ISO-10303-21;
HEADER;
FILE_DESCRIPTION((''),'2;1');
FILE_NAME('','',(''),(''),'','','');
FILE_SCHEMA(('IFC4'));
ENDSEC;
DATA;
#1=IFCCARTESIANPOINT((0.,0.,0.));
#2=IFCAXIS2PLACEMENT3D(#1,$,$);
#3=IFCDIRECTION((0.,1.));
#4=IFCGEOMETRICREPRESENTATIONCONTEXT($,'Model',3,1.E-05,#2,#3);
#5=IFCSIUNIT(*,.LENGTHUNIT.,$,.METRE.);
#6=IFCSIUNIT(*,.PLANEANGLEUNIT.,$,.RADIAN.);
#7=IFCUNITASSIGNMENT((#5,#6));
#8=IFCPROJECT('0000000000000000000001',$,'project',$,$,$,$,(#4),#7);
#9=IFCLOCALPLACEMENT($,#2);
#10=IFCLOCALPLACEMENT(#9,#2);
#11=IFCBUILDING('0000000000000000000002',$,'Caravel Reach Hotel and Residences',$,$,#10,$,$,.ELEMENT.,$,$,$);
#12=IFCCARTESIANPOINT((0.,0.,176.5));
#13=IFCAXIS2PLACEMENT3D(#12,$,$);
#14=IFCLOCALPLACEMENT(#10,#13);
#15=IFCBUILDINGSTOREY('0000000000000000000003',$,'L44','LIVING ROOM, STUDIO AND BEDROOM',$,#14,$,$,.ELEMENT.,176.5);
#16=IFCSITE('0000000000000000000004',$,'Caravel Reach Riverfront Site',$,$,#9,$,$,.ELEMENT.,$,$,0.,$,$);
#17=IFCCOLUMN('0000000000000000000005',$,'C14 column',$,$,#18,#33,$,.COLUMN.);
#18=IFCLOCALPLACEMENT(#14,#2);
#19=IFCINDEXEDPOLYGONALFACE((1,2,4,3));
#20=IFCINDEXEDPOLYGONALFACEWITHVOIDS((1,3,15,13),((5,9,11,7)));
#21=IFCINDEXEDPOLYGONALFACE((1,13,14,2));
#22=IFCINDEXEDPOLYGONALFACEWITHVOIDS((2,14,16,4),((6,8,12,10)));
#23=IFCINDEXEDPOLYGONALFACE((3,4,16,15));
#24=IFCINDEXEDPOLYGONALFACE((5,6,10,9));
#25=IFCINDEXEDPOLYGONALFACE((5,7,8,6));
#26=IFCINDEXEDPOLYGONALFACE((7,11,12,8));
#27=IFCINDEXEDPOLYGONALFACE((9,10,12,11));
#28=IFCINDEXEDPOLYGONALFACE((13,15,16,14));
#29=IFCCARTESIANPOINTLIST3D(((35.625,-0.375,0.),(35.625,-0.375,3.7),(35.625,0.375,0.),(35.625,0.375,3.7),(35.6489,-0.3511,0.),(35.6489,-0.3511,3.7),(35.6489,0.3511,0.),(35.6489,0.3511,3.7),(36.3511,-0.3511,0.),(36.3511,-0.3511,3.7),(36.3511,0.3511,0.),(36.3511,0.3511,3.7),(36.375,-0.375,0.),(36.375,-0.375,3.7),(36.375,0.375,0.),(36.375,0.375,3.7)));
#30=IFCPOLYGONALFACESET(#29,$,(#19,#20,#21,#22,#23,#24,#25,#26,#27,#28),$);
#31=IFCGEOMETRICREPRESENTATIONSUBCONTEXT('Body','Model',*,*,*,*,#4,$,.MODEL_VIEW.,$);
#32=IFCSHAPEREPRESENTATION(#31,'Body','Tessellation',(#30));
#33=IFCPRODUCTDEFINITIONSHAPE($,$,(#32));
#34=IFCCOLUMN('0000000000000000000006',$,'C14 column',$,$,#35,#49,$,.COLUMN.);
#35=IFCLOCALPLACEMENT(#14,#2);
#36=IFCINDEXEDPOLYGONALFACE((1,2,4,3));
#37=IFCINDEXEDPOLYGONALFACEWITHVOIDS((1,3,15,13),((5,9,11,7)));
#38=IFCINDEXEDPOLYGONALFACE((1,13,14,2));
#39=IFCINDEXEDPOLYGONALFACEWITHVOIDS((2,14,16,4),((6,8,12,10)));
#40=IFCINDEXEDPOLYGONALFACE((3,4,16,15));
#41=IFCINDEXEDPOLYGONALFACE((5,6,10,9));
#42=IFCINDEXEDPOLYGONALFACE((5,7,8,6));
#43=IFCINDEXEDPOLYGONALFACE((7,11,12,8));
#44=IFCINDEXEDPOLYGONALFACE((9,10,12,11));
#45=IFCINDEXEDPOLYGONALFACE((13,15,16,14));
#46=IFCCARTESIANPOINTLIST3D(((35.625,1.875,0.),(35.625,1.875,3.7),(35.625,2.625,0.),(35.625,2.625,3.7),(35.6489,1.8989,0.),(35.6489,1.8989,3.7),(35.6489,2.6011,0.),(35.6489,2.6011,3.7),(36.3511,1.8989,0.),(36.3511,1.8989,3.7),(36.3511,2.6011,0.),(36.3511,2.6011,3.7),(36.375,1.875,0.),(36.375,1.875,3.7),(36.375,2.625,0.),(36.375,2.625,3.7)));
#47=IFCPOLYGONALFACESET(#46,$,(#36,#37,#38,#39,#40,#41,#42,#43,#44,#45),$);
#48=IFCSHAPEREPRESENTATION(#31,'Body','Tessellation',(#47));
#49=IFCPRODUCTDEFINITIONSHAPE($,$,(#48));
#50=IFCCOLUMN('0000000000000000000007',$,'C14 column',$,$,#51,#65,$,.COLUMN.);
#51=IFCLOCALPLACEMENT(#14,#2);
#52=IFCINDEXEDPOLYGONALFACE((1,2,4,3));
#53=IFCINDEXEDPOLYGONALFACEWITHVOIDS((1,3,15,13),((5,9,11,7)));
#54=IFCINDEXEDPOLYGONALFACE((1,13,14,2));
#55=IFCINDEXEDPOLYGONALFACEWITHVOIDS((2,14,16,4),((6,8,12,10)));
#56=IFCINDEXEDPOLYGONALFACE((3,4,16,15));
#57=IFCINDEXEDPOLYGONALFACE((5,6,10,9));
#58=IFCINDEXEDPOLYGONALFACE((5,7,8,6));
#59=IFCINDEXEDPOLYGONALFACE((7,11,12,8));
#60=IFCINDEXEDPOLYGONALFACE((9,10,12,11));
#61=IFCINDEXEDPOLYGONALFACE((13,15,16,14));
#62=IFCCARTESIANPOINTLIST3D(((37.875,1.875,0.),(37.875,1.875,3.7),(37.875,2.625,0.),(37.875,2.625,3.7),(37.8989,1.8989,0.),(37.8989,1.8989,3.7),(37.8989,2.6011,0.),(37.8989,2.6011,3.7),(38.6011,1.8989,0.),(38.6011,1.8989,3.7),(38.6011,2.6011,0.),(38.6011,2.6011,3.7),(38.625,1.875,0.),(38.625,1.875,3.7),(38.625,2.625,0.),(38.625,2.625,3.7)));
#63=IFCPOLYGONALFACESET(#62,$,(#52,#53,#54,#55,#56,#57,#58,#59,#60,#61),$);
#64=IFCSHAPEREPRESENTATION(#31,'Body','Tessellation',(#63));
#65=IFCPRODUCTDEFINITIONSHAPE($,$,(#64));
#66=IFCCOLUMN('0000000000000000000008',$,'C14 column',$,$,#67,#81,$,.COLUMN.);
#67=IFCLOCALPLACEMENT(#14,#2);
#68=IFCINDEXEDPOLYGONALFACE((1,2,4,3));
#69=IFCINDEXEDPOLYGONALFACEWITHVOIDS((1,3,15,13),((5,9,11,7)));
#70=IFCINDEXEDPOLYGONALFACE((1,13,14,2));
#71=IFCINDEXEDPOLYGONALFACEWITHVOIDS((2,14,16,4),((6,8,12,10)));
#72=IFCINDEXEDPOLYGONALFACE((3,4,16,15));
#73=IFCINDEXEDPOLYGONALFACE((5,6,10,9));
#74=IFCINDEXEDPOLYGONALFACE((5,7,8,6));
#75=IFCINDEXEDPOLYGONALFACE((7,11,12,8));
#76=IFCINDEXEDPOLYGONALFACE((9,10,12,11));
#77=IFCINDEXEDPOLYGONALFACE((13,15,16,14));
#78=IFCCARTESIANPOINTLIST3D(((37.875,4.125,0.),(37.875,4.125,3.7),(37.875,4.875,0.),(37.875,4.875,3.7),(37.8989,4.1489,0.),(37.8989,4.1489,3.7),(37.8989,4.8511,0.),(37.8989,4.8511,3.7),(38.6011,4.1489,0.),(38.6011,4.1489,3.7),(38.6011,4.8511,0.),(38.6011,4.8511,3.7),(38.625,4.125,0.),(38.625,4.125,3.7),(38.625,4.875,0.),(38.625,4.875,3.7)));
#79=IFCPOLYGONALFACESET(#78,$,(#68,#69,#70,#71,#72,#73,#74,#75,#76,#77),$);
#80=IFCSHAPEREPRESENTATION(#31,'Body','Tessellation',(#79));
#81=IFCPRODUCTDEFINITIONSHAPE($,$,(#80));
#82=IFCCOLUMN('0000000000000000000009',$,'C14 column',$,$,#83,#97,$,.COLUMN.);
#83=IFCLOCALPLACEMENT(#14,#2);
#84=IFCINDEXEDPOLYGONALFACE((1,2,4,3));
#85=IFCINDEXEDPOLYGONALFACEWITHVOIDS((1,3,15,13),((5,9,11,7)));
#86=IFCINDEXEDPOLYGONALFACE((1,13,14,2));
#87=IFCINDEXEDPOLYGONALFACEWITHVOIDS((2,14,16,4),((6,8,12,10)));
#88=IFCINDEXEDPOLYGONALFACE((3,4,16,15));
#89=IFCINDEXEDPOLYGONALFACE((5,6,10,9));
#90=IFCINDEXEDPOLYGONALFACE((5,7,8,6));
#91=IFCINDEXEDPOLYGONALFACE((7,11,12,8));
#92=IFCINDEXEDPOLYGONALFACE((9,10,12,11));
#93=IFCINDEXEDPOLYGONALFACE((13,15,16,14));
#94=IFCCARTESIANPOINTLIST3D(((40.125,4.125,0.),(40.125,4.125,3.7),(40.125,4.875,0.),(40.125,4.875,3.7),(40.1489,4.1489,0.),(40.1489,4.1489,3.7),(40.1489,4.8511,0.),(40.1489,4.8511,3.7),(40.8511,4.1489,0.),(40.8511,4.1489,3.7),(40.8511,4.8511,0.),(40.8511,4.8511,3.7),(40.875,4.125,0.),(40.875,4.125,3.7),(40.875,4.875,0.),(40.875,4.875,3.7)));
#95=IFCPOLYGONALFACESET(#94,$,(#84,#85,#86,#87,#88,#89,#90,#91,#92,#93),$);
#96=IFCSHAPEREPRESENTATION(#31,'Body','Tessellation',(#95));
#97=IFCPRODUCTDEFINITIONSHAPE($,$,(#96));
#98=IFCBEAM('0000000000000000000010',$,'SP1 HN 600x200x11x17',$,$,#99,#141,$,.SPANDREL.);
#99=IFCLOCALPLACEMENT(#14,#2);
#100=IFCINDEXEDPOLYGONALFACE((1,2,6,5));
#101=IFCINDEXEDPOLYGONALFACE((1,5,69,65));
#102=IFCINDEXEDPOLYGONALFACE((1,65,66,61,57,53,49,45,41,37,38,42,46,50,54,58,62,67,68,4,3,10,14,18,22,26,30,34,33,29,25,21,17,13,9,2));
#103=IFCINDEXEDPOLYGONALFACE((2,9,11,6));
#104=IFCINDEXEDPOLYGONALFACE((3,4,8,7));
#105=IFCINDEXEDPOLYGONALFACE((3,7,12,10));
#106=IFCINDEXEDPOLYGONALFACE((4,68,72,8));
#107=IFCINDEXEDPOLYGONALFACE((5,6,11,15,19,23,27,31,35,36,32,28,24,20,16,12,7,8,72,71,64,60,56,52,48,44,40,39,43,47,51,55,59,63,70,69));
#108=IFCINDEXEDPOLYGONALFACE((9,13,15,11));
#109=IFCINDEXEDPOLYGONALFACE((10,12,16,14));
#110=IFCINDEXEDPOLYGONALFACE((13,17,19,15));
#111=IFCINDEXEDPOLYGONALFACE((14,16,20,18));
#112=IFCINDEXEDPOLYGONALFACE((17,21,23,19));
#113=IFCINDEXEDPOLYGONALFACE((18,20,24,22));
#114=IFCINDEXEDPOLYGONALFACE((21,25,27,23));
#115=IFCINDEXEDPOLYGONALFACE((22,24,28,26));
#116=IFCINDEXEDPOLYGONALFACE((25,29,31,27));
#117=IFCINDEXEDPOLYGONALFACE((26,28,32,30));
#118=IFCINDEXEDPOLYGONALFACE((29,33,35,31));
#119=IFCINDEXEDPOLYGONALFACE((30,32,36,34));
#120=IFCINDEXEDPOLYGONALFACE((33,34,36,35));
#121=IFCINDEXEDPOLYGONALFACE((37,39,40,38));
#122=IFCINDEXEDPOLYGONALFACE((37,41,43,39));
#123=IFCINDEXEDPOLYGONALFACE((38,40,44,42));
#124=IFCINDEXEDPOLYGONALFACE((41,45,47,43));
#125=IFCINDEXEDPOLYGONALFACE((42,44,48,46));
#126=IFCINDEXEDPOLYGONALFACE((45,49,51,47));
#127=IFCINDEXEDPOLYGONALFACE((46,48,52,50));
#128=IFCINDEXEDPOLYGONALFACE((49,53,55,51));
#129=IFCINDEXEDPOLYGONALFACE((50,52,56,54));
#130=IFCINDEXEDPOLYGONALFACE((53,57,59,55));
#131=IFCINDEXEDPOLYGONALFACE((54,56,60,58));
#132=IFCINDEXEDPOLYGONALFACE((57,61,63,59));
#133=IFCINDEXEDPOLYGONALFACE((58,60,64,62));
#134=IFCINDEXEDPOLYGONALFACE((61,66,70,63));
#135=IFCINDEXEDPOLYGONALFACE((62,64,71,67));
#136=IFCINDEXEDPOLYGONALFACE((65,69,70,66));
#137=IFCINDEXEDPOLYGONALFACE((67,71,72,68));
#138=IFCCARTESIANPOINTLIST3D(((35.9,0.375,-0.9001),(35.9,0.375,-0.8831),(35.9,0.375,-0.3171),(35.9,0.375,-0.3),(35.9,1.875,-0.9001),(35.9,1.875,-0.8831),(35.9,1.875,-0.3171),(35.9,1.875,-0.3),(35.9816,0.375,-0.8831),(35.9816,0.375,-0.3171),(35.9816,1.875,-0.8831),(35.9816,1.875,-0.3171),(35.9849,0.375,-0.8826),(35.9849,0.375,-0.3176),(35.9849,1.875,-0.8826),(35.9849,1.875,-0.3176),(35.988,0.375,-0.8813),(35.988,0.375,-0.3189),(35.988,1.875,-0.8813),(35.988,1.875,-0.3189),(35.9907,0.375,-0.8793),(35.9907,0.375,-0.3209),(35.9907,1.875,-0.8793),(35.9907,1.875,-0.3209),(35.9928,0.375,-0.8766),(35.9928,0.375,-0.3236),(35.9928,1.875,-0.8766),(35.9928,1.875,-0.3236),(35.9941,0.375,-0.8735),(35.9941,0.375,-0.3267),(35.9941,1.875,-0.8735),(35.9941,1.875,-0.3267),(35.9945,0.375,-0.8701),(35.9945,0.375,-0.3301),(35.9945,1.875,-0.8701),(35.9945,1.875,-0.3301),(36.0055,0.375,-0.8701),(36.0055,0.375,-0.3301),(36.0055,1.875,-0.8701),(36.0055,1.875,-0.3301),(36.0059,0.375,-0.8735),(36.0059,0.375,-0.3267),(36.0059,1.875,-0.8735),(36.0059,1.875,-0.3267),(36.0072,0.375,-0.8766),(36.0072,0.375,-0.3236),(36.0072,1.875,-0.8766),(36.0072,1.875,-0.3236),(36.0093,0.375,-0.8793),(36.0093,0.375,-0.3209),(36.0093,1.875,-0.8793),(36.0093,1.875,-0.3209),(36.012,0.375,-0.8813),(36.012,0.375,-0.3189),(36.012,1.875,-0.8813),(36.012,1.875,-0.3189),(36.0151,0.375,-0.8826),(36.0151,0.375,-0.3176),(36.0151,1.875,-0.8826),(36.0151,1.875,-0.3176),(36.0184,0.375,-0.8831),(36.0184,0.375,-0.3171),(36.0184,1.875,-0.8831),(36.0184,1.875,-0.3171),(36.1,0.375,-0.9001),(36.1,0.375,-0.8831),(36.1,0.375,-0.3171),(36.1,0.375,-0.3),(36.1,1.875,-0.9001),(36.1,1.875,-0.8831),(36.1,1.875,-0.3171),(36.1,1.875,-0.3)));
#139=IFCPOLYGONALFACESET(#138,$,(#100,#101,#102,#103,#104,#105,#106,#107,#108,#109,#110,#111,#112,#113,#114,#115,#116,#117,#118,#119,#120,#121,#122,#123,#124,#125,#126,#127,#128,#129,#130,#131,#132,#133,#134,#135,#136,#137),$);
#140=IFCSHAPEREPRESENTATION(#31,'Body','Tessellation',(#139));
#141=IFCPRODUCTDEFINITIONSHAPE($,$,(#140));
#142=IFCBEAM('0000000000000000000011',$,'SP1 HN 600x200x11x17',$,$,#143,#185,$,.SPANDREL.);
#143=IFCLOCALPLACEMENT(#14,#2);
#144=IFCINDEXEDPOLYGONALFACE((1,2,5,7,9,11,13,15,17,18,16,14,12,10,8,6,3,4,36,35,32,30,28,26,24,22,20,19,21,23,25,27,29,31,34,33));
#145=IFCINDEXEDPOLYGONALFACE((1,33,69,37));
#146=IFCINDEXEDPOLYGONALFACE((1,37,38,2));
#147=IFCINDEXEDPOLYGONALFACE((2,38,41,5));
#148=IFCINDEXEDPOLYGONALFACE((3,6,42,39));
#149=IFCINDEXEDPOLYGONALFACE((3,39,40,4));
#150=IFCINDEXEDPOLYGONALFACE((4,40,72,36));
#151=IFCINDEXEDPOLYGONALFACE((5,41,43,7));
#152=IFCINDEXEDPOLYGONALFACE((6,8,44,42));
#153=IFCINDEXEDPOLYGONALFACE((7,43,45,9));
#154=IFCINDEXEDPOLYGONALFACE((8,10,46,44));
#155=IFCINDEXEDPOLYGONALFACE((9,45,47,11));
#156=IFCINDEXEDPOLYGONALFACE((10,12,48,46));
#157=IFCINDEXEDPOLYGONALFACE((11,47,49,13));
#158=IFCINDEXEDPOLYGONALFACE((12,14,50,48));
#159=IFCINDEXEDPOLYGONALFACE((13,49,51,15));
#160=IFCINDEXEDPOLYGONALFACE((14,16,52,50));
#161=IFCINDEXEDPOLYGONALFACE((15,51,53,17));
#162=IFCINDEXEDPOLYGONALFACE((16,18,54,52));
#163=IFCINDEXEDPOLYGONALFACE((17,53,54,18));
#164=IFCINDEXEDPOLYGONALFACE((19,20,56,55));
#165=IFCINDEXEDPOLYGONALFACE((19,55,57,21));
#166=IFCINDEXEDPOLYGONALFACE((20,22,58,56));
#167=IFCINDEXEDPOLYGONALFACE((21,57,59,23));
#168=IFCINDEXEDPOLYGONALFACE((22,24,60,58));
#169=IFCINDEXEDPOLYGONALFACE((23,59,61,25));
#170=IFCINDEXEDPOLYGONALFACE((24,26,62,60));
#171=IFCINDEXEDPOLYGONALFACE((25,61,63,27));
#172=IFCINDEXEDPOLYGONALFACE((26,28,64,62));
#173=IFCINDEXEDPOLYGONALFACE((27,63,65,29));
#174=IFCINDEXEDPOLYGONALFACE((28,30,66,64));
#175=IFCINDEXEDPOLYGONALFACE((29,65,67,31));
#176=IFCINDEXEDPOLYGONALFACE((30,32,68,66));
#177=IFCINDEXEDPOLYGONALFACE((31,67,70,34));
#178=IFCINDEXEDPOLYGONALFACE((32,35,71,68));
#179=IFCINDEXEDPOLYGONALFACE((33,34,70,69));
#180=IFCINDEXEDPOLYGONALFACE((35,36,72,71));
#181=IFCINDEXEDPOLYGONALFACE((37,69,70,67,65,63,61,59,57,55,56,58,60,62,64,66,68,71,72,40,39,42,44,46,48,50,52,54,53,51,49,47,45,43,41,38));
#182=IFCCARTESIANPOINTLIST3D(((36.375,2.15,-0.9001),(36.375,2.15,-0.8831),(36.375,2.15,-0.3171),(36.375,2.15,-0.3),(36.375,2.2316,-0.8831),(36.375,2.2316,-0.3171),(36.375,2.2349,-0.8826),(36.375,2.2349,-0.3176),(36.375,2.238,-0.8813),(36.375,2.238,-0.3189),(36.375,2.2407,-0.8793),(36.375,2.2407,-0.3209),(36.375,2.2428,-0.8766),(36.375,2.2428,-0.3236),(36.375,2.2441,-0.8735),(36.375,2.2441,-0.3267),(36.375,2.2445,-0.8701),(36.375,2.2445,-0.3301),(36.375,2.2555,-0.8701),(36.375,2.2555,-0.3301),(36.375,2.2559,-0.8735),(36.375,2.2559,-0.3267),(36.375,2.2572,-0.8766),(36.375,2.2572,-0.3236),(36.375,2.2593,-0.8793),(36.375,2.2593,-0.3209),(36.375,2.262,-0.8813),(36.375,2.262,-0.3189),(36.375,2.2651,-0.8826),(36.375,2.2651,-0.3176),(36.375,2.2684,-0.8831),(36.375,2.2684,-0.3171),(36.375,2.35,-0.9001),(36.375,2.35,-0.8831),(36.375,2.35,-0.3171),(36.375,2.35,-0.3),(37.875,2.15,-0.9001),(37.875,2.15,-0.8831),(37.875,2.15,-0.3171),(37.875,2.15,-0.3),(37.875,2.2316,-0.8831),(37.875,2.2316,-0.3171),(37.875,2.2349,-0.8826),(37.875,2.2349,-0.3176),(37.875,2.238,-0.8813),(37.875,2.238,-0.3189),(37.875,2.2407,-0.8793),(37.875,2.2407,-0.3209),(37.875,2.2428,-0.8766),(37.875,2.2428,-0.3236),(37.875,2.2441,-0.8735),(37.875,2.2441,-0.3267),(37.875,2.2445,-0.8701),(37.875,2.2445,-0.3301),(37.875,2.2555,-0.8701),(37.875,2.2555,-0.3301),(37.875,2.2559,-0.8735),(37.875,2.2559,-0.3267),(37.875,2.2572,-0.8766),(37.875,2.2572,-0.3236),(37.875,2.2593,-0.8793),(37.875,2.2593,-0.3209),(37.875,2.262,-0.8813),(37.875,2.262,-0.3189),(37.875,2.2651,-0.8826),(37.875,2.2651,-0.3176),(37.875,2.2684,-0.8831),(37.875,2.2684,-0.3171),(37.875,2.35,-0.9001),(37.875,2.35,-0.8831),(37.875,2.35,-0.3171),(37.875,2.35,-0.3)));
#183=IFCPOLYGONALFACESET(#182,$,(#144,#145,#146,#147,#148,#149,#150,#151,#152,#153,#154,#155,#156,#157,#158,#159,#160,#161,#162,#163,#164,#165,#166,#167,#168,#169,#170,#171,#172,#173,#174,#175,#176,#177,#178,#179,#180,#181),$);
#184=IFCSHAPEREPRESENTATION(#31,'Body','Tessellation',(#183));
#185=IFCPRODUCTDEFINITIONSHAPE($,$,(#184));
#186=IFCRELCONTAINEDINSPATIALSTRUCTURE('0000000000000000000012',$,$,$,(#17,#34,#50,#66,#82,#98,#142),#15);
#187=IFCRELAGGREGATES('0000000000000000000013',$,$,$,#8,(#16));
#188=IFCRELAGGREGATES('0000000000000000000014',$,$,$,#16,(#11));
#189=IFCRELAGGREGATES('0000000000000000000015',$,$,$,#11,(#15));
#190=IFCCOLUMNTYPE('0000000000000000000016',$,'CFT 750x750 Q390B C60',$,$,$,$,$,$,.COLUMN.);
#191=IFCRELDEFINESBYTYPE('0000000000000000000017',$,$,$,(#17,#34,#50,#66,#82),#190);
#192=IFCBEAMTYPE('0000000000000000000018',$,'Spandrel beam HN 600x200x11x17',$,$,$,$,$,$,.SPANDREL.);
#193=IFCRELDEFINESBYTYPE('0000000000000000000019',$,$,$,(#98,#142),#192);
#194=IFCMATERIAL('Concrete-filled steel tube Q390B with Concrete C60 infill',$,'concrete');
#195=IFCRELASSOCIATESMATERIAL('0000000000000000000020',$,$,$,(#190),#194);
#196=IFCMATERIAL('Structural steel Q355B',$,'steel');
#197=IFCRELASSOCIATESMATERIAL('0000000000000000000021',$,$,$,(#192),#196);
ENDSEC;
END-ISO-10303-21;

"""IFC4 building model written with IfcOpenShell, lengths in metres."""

from ifc_helpers import new_model, si_unit, direction, frame, origin, origin_2d, place, context, subcontext, project, spatial, hollow_rectangle, i_section, extrude, material, material_profile, profile_set, type_object, element, save


model = new_model("IFC4")

# Units and contexts
model_context = context("Model", 3, precision=1e-05, world=origin(), true_north=direction((0.0, 1.0)))
body_context = subcontext(model_context, "Body", "Model", "MODEL_VIEW")
ifc_project = project(units=[si_unit("LENGTHUNIT", "METRE"), si_unit("PLANEANGLEUNIT", "RADIAN")], contexts=[model_context])

# Site, building, storey
site_placement = place(None, origin())
site = spatial("IfcSite", under=ifc_project, at=site_placement, Name="Caravel Reach Riverfront Site", CompositionType="ELEMENT", RefElevation=0.0)
building_placement = place(site_placement, origin())
building = spatial("IfcBuilding", under=site, at=building_placement, Name="Caravel Reach Hotel and Residences", CompositionType="ELEMENT")
storey_placement = place(building_placement, frame((0.0, 0.0, 176.5)))
storey = spatial("IfcBuildingStorey", under=building, at=storey_placement, Name="L44", Description="LIVING ROOM, STUDIO AND BEDROOM", CompositionType="ELEMENT", Elevation=176.5)

# Columns
ifc_material_1 = material(Name="Concrete-filled steel tube Q390B with Concrete C60 infill", Category="concrete")
ifc_material_profile_1 = material_profile(ifc_material_1, hollow_rectangle(XDim=0.75, YDim=0.75, WallThickness=0.0239, at=origin_2d()), Name="RHS 750x750x24")
ifc_profile_set_1 = profile_set([ifc_material_profile_1], Name="Concrete-filled steel tube Q390B with Concrete C60 infill")
column_type = type_object("IfcColumnType", Name="CFT 750x750 Q390B C60", PredefinedType="COLUMN", material=ifc_profile_set_1)
for number, where, z_axis, x_axis, name in (
    (1, (36.0, 0.0, 0.0), (0.0, 0.0, 1.0), (1.0, 0.0, 0.0), "C14 column"),
    (2, (36.0, 2.25, 0.0), (0.0, 0.0, 1.0), (1.0, 0.0, 0.0), "C14 column"),
    (3, (38.25, 2.25, 0.0), (0.0, 0.0, 1.0), (1.0, 0.0, 0.0), "C14 column"),
    (4, (38.25, 4.5, 0.0), (0.0, 0.0, 1.0), (1.0, 0.0, 0.0), "C14 column"),
    (5, (40.5, 4.5, 0.0), (0.0, 0.0, 1.0), (1.0, 0.0, 0.0), "C14 column"),
):
    element("IfcColumn", number, at=place(storey_placement, frame(where, z_axis=z_axis, x_axis=x_axis)), inside=storey, type_object=column_type, Name=name, PredefinedType="COLUMN", context=body_context, shape_type="SweptSolid", body=[
        extrude(hollow_rectangle(XDim=0.75, YDim=0.75, WallThickness=0.0239, at=origin_2d()), origin(), (0.0, 0.0, 1.0), 3.7),
    ])

# Beams
ifc_material_2 = material(Name="Structural steel Q355B", Category="steel")
ifc_material_profile_2 = material_profile(ifc_material_2, i_section(OverallWidth=0.2, OverallDepth=0.6001, WebThickness=0.011, FlangeThickness=0.0171, FilletRadius=0.0129, at=origin_2d()), Name="HN 600x200x11x17")
ifc_profile_set_2 = profile_set([ifc_material_profile_2], Name="Structural steel Q355B")
beam_type = type_object("IfcBeamType", Name="Spandrel beam HN 600x200x11x17", PredefinedType="SPANDREL", material=ifc_profile_set_2)
for number, where, z_axis, x_axis, name in (
    (6, (36.0, 0.375, -0.6001), (0.0, 1.0, 0.0), (-1.0, 0.0, 0.0), "SP1 HN 600x200x11x17"),
    (7, (36.375, 2.25, -0.6001), (1.0, 0.0, 0.0), (0.0, 1.0, 0.0), "SP1 HN 600x200x11x17"),
):
    element("IfcBeam", number, at=place(storey_placement, frame(where, z_axis=z_axis, x_axis=x_axis)), inside=storey, type_object=beam_type, Name=name, PredefinedType="SPANDREL", context=body_context, shape_type="SweptSolid", body=[
        extrude(i_section(OverallWidth=0.2, OverallDepth=0.6001, WebThickness=0.011, FlangeThickness=0.0171, FilletRadius=0.0129, at=origin_2d()), origin(), (0.0, 0.0, 1.0), 1.5),
    ])

save(model, "model.ifc")
